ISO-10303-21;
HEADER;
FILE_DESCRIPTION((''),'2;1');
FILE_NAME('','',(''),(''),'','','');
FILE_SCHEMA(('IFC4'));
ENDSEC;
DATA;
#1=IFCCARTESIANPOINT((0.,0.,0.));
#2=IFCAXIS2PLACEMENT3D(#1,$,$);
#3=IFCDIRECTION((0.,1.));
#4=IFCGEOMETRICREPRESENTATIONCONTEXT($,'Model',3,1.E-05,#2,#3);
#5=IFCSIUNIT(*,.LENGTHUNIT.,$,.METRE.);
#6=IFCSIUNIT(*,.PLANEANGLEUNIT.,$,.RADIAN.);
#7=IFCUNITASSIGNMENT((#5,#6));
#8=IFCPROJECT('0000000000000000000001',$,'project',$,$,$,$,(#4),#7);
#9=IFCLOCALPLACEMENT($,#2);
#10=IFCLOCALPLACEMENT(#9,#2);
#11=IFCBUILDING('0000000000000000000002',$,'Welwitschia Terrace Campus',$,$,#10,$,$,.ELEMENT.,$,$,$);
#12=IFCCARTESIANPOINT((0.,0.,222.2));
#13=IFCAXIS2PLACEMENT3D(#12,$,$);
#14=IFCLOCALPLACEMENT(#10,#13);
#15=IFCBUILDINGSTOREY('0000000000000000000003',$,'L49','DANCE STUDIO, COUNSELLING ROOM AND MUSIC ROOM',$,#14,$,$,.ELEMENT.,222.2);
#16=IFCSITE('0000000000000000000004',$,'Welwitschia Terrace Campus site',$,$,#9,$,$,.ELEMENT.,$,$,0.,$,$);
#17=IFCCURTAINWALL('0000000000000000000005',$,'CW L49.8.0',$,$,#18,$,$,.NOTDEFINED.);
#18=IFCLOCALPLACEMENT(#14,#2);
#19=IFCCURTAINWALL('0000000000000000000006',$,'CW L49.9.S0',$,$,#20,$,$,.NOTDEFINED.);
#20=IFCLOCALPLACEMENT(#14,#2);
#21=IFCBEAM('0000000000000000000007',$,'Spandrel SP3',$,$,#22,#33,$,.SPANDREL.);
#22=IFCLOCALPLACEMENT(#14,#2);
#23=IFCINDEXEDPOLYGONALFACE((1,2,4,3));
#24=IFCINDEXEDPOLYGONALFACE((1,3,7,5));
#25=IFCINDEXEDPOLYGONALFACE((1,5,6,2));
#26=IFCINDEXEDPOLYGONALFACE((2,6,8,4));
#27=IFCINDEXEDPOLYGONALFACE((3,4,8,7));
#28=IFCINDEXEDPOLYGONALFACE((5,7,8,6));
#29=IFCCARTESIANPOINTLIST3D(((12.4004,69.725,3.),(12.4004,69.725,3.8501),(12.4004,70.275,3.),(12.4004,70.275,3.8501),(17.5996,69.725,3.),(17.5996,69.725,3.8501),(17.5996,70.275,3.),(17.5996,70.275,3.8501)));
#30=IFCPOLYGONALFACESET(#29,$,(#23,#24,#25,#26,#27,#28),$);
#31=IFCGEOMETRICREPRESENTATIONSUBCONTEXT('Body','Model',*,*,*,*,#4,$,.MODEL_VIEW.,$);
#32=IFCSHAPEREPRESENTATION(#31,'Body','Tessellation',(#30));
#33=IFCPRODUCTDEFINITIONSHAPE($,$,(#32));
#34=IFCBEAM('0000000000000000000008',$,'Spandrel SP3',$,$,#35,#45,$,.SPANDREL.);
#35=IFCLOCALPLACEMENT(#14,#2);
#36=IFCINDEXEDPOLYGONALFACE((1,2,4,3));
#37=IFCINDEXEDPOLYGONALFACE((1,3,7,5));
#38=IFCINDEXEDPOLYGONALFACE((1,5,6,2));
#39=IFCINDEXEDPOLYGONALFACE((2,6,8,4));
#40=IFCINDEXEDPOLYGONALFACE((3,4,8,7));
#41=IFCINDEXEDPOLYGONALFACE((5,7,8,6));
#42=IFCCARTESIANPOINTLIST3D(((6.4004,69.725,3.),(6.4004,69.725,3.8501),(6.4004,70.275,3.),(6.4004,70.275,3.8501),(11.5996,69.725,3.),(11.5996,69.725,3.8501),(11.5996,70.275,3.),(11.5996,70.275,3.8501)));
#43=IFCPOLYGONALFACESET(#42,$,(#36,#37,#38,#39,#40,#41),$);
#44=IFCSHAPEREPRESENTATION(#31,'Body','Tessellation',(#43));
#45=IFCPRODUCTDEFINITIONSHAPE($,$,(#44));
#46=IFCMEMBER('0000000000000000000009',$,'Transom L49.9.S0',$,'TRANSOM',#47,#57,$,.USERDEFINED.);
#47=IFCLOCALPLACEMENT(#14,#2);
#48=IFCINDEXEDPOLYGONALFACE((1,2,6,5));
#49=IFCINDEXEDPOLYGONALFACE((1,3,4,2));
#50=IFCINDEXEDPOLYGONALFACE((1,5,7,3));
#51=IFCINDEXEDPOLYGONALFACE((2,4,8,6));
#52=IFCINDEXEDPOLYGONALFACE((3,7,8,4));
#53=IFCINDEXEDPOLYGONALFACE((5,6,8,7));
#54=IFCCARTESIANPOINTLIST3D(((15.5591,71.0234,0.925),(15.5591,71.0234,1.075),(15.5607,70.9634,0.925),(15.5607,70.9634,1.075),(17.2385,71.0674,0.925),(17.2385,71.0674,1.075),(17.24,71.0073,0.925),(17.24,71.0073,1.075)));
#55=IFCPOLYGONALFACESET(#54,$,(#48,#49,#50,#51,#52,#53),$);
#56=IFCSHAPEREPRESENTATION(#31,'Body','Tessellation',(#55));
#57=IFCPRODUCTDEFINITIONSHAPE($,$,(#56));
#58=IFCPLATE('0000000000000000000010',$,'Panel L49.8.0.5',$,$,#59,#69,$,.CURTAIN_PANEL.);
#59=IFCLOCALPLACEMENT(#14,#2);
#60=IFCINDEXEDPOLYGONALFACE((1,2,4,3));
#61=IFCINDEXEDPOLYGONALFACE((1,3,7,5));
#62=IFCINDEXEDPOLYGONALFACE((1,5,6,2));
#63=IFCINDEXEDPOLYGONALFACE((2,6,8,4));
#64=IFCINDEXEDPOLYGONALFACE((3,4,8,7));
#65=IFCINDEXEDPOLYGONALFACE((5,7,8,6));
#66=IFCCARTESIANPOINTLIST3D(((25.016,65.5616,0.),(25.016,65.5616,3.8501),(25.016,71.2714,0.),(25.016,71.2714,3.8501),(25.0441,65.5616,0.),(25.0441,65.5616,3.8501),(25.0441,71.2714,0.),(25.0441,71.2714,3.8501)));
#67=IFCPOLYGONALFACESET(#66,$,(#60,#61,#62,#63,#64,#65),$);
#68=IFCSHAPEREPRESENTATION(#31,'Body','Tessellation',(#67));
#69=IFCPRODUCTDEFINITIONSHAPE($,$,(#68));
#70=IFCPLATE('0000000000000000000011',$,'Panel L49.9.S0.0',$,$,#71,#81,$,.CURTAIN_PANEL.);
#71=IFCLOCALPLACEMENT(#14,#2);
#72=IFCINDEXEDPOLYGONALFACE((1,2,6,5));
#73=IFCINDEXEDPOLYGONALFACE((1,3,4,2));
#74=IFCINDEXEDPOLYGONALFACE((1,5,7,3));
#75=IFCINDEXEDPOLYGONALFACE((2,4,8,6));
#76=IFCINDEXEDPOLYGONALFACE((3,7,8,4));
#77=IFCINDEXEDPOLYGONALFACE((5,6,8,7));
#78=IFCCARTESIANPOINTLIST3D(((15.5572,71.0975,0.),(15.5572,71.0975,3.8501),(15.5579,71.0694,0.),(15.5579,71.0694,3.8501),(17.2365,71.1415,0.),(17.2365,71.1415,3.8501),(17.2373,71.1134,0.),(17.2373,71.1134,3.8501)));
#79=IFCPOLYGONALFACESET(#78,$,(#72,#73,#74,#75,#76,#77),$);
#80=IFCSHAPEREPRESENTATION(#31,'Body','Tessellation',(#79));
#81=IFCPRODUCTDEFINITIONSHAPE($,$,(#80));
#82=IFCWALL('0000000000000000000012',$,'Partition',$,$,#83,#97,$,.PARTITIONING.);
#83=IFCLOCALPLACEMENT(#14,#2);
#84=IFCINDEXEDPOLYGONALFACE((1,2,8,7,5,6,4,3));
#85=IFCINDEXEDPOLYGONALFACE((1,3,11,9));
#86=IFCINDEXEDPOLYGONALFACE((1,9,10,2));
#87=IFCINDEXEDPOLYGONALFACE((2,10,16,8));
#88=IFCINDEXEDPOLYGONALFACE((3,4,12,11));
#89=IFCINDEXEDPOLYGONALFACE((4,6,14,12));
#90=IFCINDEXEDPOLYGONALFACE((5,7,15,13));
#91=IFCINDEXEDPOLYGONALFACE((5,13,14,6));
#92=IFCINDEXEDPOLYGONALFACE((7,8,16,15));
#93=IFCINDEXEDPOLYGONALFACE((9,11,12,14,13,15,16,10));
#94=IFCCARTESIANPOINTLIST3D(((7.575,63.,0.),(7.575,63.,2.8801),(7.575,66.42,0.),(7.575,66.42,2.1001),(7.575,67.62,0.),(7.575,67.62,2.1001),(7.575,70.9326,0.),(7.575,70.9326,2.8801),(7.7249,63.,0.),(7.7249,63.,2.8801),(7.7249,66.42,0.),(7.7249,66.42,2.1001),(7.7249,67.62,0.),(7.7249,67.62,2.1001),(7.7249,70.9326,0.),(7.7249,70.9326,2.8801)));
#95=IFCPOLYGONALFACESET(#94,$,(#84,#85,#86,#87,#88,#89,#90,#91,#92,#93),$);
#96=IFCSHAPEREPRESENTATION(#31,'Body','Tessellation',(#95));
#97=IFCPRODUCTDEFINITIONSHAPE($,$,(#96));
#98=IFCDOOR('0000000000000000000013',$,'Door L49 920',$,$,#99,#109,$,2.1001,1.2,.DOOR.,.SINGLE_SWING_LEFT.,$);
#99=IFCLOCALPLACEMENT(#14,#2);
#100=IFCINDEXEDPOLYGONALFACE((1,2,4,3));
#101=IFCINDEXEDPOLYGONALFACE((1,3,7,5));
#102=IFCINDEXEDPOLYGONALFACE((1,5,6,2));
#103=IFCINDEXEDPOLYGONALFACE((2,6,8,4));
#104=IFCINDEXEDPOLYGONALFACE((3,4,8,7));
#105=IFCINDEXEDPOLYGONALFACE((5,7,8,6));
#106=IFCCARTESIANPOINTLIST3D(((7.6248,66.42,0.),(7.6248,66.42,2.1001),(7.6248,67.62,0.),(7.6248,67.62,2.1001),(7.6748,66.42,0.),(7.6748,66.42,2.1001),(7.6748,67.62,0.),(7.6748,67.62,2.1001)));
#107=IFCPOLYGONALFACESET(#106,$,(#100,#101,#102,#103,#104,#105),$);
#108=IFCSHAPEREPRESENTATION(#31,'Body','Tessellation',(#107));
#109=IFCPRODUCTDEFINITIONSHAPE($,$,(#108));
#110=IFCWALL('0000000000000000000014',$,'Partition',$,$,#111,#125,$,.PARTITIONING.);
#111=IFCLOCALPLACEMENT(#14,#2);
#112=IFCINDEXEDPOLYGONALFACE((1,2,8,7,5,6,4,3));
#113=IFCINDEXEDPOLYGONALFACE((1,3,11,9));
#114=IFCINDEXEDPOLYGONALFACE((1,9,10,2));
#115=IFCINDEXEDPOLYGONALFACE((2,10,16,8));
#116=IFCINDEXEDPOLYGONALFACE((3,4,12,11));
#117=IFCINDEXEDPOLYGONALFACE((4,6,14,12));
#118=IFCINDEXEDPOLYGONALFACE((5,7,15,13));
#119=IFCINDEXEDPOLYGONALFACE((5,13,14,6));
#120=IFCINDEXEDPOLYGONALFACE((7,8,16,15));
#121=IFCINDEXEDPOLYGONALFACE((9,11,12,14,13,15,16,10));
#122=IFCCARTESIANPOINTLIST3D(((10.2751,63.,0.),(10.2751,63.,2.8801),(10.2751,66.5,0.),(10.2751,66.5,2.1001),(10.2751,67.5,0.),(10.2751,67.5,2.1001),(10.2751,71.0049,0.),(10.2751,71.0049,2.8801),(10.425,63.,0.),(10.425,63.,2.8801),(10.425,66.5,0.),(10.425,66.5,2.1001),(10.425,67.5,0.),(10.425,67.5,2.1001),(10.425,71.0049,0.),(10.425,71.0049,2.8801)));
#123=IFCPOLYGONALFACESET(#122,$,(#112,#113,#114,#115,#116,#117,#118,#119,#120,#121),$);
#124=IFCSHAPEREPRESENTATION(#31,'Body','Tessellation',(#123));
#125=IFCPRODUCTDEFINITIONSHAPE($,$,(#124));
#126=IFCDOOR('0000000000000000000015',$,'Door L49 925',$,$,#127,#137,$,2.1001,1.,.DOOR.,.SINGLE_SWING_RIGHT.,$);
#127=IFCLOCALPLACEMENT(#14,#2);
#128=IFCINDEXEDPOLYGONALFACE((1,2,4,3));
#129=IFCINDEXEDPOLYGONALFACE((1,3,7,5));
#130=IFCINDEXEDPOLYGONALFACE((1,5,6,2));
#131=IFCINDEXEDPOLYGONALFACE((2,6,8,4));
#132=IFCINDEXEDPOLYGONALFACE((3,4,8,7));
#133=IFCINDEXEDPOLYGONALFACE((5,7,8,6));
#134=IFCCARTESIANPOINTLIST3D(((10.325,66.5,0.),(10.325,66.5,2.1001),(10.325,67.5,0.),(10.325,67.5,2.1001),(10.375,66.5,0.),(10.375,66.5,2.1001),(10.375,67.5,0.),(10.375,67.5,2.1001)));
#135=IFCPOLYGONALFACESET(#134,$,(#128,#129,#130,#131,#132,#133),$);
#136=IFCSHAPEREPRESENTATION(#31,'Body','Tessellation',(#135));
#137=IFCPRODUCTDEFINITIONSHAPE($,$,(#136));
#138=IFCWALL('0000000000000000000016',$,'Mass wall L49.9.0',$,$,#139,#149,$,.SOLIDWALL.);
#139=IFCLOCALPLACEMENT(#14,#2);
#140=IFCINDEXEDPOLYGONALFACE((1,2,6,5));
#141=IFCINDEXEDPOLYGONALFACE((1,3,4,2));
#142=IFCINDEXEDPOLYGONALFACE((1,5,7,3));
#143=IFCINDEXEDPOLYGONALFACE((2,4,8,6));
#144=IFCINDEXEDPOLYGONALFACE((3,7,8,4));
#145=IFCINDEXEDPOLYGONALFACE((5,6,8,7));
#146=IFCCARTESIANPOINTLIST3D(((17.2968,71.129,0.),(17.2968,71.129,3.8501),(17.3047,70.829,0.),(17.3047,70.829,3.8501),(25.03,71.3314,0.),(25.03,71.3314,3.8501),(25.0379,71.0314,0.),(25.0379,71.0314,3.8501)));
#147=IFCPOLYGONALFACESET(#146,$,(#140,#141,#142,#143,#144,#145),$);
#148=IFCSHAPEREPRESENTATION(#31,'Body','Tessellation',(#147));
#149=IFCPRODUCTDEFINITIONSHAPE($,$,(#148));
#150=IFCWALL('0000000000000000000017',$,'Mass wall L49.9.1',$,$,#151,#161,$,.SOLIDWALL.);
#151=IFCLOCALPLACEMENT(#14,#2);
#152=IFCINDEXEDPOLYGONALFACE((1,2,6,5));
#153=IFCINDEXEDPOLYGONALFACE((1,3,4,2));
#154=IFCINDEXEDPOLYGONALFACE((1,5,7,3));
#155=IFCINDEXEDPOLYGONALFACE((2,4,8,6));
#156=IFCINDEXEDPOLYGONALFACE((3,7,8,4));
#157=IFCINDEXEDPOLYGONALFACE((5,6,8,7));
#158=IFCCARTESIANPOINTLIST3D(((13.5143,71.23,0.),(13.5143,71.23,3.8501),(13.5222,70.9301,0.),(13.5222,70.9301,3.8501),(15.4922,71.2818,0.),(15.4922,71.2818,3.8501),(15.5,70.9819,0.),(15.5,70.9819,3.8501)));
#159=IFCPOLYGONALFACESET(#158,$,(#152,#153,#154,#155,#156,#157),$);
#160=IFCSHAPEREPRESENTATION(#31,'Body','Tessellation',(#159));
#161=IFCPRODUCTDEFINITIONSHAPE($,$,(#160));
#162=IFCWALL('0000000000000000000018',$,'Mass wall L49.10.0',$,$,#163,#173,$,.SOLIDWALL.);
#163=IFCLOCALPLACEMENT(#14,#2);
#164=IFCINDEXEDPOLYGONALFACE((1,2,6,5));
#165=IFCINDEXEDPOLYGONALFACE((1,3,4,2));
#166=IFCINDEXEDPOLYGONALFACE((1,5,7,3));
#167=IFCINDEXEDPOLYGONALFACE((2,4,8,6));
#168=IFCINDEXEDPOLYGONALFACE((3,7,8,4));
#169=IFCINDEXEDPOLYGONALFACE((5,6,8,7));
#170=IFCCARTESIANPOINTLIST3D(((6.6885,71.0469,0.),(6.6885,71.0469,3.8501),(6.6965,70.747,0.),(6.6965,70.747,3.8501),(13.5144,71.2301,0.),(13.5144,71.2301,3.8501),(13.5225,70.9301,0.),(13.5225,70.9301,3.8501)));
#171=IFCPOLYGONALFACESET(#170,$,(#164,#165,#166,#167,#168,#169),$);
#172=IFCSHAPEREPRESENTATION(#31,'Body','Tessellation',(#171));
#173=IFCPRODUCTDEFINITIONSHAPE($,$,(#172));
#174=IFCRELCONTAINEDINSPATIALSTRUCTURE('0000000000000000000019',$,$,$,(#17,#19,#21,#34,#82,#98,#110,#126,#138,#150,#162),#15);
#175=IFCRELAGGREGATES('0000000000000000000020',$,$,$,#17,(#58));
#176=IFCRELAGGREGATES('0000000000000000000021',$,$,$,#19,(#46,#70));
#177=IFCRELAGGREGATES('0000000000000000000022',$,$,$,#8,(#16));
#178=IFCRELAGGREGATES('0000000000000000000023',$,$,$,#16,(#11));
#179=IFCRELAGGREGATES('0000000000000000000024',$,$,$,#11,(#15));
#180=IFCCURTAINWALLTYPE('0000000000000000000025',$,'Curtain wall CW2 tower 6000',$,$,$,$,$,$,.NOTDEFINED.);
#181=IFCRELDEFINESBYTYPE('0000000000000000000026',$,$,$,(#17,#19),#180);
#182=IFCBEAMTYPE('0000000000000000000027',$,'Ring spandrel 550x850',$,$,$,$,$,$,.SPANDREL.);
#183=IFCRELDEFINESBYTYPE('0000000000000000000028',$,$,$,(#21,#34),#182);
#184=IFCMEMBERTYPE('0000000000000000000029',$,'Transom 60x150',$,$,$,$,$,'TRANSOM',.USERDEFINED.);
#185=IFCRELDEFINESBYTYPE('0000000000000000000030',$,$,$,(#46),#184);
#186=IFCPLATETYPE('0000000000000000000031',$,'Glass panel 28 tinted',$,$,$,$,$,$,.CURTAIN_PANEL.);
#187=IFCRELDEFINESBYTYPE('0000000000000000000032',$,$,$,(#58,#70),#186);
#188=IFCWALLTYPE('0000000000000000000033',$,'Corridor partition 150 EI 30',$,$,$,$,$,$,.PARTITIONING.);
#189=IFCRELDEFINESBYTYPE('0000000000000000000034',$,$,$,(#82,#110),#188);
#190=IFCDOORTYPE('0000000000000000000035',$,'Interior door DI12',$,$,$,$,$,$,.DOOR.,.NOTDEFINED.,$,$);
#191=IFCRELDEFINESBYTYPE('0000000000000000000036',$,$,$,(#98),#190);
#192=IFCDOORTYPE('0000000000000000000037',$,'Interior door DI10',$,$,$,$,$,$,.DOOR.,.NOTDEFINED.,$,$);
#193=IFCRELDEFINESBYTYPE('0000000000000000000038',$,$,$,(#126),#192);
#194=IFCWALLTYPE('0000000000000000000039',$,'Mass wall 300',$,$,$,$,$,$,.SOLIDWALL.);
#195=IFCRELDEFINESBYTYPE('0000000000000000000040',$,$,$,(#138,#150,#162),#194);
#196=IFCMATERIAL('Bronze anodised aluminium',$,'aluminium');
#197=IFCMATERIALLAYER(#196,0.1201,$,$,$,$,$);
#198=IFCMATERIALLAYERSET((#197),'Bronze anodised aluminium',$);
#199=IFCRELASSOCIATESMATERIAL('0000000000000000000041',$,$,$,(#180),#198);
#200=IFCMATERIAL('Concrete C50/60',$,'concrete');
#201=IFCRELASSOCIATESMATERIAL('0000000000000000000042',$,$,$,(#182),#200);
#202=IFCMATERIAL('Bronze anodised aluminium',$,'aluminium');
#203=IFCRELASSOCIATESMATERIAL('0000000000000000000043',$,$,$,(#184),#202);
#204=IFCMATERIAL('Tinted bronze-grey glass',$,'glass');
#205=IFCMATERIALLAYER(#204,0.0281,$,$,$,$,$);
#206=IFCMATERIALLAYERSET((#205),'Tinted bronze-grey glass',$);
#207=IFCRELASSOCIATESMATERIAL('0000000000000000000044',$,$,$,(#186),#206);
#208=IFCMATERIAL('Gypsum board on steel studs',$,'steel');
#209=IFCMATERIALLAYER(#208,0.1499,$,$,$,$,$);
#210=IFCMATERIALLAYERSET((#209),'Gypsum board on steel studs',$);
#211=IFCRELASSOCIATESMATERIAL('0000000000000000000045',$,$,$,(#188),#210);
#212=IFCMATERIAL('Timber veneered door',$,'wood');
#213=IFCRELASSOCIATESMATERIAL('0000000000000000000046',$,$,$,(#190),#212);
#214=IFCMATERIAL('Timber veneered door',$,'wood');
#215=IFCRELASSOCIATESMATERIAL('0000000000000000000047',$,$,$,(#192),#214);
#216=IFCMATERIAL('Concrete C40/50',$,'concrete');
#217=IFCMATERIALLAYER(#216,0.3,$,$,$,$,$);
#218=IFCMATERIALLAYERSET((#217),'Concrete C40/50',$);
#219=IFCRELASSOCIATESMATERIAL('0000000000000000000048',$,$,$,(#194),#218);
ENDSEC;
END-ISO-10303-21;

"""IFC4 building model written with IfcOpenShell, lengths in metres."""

from ifc_helpers import new_model, si_unit, direction, frame, frame_2d, origin, origin_2d, place, context, subcontext, project, spatial, rectangle, extrude, material, layer, layer_set, material_profile, profile_set, type_object, element, fill, aggregate, save


model = new_model("IFC4")

# Units and contexts
model_context = context("Model", 3, precision=1e-05, world=origin(), true_north=direction((0.0, 1.0)))
body_context = subcontext(model_context, "Body", "Model", "MODEL_VIEW")
ifc_project = project(units=[si_unit("LENGTHUNIT", "METRE"), si_unit("PLANEANGLEUNIT", "RADIAN")], contexts=[model_context])

# Site, building, storey
site_placement = place(None, origin())
site = spatial("IfcSite", under=ifc_project, at=site_placement, Name="Welwitschia Terrace Campus site", CompositionType="ELEMENT", RefElevation=0.0)
building_placement = place(site_placement, origin())
building = spatial("IfcBuilding", under=site, at=building_placement, Name="Welwitschia Terrace Campus", CompositionType="ELEMENT")
storey_placement = place(building_placement, frame((0.0, 0.0, 222.2)))
storey = spatial("IfcBuildingStorey", under=building, at=storey_placement, Name="L49", Description="DANCE STUDIO, COUNSELLING ROOM AND MUSIC ROOM", CompositionType="ELEMENT", Elevation=222.2)

# Curtain walls
ifc_material_1 = material(Name="Bronze anodised aluminium", Category="aluminium")
ifc_layer_1 = layer(ifc_material_1, 0.1201)
ifc_layer_set_1 = layer_set([ifc_layer_1], Name="Bronze anodised aluminium")
curtain_wall_type = type_object("IfcCurtainWallType", Name="Curtain wall CW2 tower 6000", PredefinedType="NOTDEFINED", material=ifc_layer_set_1)
curtain_wall_1_placement = place(storey_placement, origin())
curtain_wall_1 = element("IfcCurtainWall", 1, at=curtain_wall_1_placement, inside=storey, type_object=curtain_wall_type, Name="CW L49.8.0", PredefinedType="NOTDEFINED")
curtain_wall_2_placement = place(storey_placement, origin())
curtain_wall_2 = element("IfcCurtainWall", 2, at=curtain_wall_2_placement, inside=storey, type_object=curtain_wall_type, Name="CW L49.9.S0", PredefinedType="NOTDEFINED")

# Beams
ifc_material_2 = material(Name="Concrete C50/60", Category="concrete")
ifc_material_profile_1 = material_profile(ifc_material_2, rectangle(XDim=0.55, YDim=0.8501, at=origin_2d()))
ifc_profile_set_1 = profile_set([ifc_material_profile_1], Name="Concrete C50/60")
beam_type_1 = type_object("IfcBeamType", Name="Ring spandrel 550x850", PredefinedType="SPANDREL", material=ifc_profile_set_1)
for number, where, z_axis, x_axis, name in (
    (3, (17.5996, 70.0, 3.425), (-1.0, 0.0, 0.0), (0.0, -1.0, 0.0), "Spandrel SP3"),
    (4, (11.5996, 70.0, 3.425), (-1.0, 0.0, 0.0), (0.0, -1.0, 0.0), "Spandrel SP3"),
):
    element("IfcBeam", number, at=place(storey_placement, frame(where, z_axis=z_axis, x_axis=x_axis)), inside=storey, type_object=beam_type_1, Name=name, PredefinedType="SPANDREL", context=body_context, shape_type="SweptSolid", body=[
        extrude(rectangle(XDim=0.55, YDim=0.8501, at=origin_2d()), origin(), (0.0, 0.0, 1.0), 5.1992),
    ])

# Member
ifc_material_3 = material(Name="Bronze anodised aluminium", Category="aluminium")
ifc_material_profile_2 = material_profile(ifc_material_3, rectangle(XDim=0.0601, YDim=0.1499, at=origin_2d()))
ifc_profile_set_2 = profile_set([ifc_material_profile_2], Name="Bronze anodised aluminium")
member_type_1 = type_object("IfcMemberType", Name="Transom 60x150", ElementType="TRANSOM", PredefinedType="USERDEFINED", material=ifc_profile_set_2)
member_1_placement = place(storey_placement, frame((17.2393, 71.0374, 1.0), z_axis=(-0.999658, -0.026158, 0.0), x_axis=(0.026158, -0.999658, 0.0)))
member_1 = element("IfcMember", 5, at=member_1_placement, type_object=member_type_1, Name="Transom L49.9.S0", ObjectType="TRANSOM", PredefinedType="USERDEFINED", context=body_context, shape_type="SweptSolid", body=[
    extrude(rectangle(XDim=0.0601, YDim=0.1499, at=origin_2d()), origin(), (0.0, 0.0, 1.0), 1.6799),
])

# Plates
ifc_material_4 = material(Name="Tinted bronze-grey glass", Category="glass")
ifc_layer_2 = layer(ifc_material_4, 0.0281)
ifc_layer_set_2 = layer_set([ifc_layer_2], Name="Tinted bronze-grey glass")
plate_type = type_object("IfcPlateType", Name="Glass panel 28 tinted", PredefinedType="CURTAIN_PANEL", material=ifc_layer_set_2)
plate_1_placement = place(storey_placement, frame((25.03, 68.4165, 0.0), z_axis=(0.0, 0.0, 1.0), x_axis=(0.0, 1.0, 0.0)))
plate_1 = element("IfcPlate", 6, at=plate_1_placement, type_object=plate_type, Name="Panel L49.8.0.5", PredefinedType="CURTAIN_PANEL", context=body_context, shape_type="SweptSolid", body=[
    extrude(rectangle(XDim=5.7097, YDim=0.0281, at=origin_2d()), origin(), (0.0, 0.0, 1.0), 3.8501),
])
aggregate(curtain_wall_1, [plate_1])
plate_2_placement = place(storey_placement, frame((16.3972, 71.1055, 0.0), z_axis=(0.0, 0.0, 1.0), x_axis=(-0.999657, -0.026177, 0.0)))
plate_2 = element("IfcPlate", 7, at=plate_2_placement, type_object=plate_type, Name="Panel L49.9.S0.0", PredefinedType="CURTAIN_PANEL", context=body_context, shape_type="SweptSolid", body=[
    extrude(rectangle(XDim=1.6799, YDim=0.0281, at=origin_2d()), origin(), (0.0, 0.0, 1.0), 3.8501),
])
aggregate(curtain_wall_2, [member_1, plate_2])

# Walls, openings, doors
ifc_material_5 = material(Name="Gypsum board on steel studs", Category="steel")
ifc_layer_3 = layer(ifc_material_5, 0.1499)
ifc_layer_set_3 = layer_set([ifc_layer_3], Name="Gypsum board on steel studs")
wall_type_1 = type_object("IfcWallType", Name="Corridor partition 150 EI 30", PredefinedType="PARTITIONING", material=ifc_layer_set_3)
wall_1_placement = place(storey_placement, frame((7.6499, 70.9326, 0.0), z_axis=(0.0, 0.0, 1.0), x_axis=(0.0, -1.0, 0.0)))
wall_1 = element("IfcWall", 8, at=wall_1_placement, inside=storey, type_object=wall_type_1, Name="Partition", PredefinedType="PARTITIONING", context=body_context, shape_type="SweptSolid", body=[
    extrude(rectangle(XDim=7.9326, YDim=0.1499, at=frame_2d((3.9663, 0.0))), origin(), (0.0, 0.0, 1.0), 2.8801),
])
opening_1_placement = place(wall_1_placement, frame((3.3125, 0.0, 0.0)))
opening_1 = element("IfcOpeningElement", 9, at=opening_1_placement, cuts=wall_1, PredefinedType="OPENING", context=body_context, shape_type="SweptSolid", body=[
    extrude(rectangle(XDim=1.2, YDim=2.1001, at=frame_2d((0.6001, 1.05))), frame((0.0, 0.085, 0.0), z_axis=(0.0, -1.0, 0.0), x_axis=(1.0, 0.0, 0.0)), (0.0, 0.0, 1.0), 0.1699),
])
ifc_material_6 = material(Name="Timber veneered door", Category="wood")
door_type_1 = type_object("IfcDoorType", Name="Interior door DI12", OperationType="NOTDEFINED", PredefinedType="DOOR", material=ifc_material_6)
door_1_placement = place(opening_1_placement, origin())
door_1 = element("IfcDoor", 10, at=door_1_placement, inside=storey, type_object=door_type_1, Name="Door L49 920", OperationType="SINGLE_SWING_LEFT", OverallHeight=2.1001, OverallWidth=1.2, PredefinedType="DOOR", context=body_context, shape_type="SweptSolid", body=[
    extrude(rectangle(XDim=1.2, YDim=2.1001, at=frame_2d((0.6001, 1.05))), frame((0.0, 0.0249, 0.0), z_axis=(0.0, -1.0, 0.0), x_axis=(1.0, 0.0, 0.0)), (0.0, 0.0, 1.0), 0.05),
])
fill(opening_1, door_1)
wall_2_placement = place(storey_placement, frame((10.3501, 71.0049, 0.0), z_axis=(0.0, 0.0, 1.0), x_axis=(0.0, -1.0, 0.0)))
wall_2 = element("IfcWall", 11, at=wall_2_placement, inside=storey, type_object=wall_type_1, Name="Partition", PredefinedType="PARTITIONING", context=body_context, shape_type="SweptSolid", body=[
    extrude(rectangle(XDim=8.0049, YDim=0.1499, at=frame_2d((4.0024, 0.0))), origin(), (0.0, 0.0, 1.0), 2.8801),
])
opening_2_placement = place(wall_2_placement, frame((3.5049, 0.0, 0.0)))
opening_2 = element("IfcOpeningElement", 12, at=opening_2_placement, cuts=wall_2, PredefinedType="OPENING", context=body_context, shape_type="SweptSolid", body=[
    extrude(rectangle(XDim=1.0, YDim=2.1001, at=frame_2d((0.5, 1.05))), frame((0.0, 0.085, 0.0), z_axis=(0.0, -1.0, 0.0), x_axis=(1.0, 0.0, 0.0)), (0.0, 0.0, 1.0), 0.1699),
])
ifc_material_7 = material(Name="Timber veneered door", Category="wood")
door_type_2 = type_object("IfcDoorType", Name="Interior door DI10", OperationType="NOTDEFINED", PredefinedType="DOOR", material=ifc_material_7)
door_2_placement = place(opening_2_placement, origin())
door_2 = element("IfcDoor", 13, at=door_2_placement, inside=storey, type_object=door_type_2, Name="Door L49 925", OperationType="SINGLE_SWING_RIGHT", OverallHeight=2.1001, OverallWidth=1.0, PredefinedType="DOOR", context=body_context, shape_type="SweptSolid", body=[
    extrude(rectangle(XDim=1.0, YDim=2.1001, at=frame_2d((0.5, 1.05))), frame((0.0, 0.0249, 0.0), z_axis=(0.0, -1.0, 0.0), x_axis=(1.0, 0.0, 0.0)), (0.0, 0.0, 1.0), 0.05),
])
fill(opening_2, door_2)

# Walls
ifc_material_8 = material(Name="Concrete C40/50", Category="concrete")
ifc_layer_4 = layer(ifc_material_8, 0.3)
ifc_layer_set_4 = layer_set([ifc_layer_4], Name="Concrete C40/50")
wall_type_2 = type_object("IfcWallType", Name="Mass wall 300", PredefinedType="SOLIDWALL", material=ifc_layer_set_4)
wall_3_placement = place(storey_placement, frame((25.0339, 71.1814, 0.0), z_axis=(0.0, 0.0, 1.0), x_axis=(-0.999658, -0.026163, 0.0)))
element("IfcWall", 14, at=wall_3_placement, inside=storey, type_object=wall_type_2, Name="Mass wall L49.9.0", PredefinedType="SOLIDWALL", context=body_context, shape_type="SweptSolid", body=[
    extrude(rectangle(XDim=7.7358, YDim=0.3, at=frame_2d((3.8679, 0.0))), origin(), (0.0, 0.0, 1.0), 3.8501),
])
wall_4_placement = place(storey_placement, frame((15.4961, 71.1318, 0.0), z_axis=(0.0, 0.0, 1.0), x_axis=(-0.999658, -0.026161, 0.0)))
element("IfcWall", 15, at=wall_4_placement, inside=storey, type_object=wall_type_2, Name="Mass wall L49.9.1", PredefinedType="SOLIDWALL", context=body_context, shape_type="SweptSolid", body=[
    extrude(rectangle(XDim=1.9785, YDim=0.3, at=frame_2d((0.9893, 0.0))), origin(), (0.0, 0.0, 1.0), 3.8501),
])
wall_5_placement = place(storey_placement, frame((13.5183, 71.0801, 0.0), z_axis=(0.0, 0.0, 1.0), x_axis=(-0.99964, -0.026815, 0.0)))
element("IfcWall", 16, at=wall_5_placement, inside=storey, type_object=wall_type_2, Name="Mass wall L49.10.0", PredefinedType="SOLIDWALL", context=body_context, shape_type="SweptSolid", body=[
    extrude(rectangle(XDim=6.8284, YDim=0.3, at=frame_2d((3.4141, 0.0))), origin(), (0.0, 0.0, 1.0), 3.8501),
])

save(model, "model.ifc")
